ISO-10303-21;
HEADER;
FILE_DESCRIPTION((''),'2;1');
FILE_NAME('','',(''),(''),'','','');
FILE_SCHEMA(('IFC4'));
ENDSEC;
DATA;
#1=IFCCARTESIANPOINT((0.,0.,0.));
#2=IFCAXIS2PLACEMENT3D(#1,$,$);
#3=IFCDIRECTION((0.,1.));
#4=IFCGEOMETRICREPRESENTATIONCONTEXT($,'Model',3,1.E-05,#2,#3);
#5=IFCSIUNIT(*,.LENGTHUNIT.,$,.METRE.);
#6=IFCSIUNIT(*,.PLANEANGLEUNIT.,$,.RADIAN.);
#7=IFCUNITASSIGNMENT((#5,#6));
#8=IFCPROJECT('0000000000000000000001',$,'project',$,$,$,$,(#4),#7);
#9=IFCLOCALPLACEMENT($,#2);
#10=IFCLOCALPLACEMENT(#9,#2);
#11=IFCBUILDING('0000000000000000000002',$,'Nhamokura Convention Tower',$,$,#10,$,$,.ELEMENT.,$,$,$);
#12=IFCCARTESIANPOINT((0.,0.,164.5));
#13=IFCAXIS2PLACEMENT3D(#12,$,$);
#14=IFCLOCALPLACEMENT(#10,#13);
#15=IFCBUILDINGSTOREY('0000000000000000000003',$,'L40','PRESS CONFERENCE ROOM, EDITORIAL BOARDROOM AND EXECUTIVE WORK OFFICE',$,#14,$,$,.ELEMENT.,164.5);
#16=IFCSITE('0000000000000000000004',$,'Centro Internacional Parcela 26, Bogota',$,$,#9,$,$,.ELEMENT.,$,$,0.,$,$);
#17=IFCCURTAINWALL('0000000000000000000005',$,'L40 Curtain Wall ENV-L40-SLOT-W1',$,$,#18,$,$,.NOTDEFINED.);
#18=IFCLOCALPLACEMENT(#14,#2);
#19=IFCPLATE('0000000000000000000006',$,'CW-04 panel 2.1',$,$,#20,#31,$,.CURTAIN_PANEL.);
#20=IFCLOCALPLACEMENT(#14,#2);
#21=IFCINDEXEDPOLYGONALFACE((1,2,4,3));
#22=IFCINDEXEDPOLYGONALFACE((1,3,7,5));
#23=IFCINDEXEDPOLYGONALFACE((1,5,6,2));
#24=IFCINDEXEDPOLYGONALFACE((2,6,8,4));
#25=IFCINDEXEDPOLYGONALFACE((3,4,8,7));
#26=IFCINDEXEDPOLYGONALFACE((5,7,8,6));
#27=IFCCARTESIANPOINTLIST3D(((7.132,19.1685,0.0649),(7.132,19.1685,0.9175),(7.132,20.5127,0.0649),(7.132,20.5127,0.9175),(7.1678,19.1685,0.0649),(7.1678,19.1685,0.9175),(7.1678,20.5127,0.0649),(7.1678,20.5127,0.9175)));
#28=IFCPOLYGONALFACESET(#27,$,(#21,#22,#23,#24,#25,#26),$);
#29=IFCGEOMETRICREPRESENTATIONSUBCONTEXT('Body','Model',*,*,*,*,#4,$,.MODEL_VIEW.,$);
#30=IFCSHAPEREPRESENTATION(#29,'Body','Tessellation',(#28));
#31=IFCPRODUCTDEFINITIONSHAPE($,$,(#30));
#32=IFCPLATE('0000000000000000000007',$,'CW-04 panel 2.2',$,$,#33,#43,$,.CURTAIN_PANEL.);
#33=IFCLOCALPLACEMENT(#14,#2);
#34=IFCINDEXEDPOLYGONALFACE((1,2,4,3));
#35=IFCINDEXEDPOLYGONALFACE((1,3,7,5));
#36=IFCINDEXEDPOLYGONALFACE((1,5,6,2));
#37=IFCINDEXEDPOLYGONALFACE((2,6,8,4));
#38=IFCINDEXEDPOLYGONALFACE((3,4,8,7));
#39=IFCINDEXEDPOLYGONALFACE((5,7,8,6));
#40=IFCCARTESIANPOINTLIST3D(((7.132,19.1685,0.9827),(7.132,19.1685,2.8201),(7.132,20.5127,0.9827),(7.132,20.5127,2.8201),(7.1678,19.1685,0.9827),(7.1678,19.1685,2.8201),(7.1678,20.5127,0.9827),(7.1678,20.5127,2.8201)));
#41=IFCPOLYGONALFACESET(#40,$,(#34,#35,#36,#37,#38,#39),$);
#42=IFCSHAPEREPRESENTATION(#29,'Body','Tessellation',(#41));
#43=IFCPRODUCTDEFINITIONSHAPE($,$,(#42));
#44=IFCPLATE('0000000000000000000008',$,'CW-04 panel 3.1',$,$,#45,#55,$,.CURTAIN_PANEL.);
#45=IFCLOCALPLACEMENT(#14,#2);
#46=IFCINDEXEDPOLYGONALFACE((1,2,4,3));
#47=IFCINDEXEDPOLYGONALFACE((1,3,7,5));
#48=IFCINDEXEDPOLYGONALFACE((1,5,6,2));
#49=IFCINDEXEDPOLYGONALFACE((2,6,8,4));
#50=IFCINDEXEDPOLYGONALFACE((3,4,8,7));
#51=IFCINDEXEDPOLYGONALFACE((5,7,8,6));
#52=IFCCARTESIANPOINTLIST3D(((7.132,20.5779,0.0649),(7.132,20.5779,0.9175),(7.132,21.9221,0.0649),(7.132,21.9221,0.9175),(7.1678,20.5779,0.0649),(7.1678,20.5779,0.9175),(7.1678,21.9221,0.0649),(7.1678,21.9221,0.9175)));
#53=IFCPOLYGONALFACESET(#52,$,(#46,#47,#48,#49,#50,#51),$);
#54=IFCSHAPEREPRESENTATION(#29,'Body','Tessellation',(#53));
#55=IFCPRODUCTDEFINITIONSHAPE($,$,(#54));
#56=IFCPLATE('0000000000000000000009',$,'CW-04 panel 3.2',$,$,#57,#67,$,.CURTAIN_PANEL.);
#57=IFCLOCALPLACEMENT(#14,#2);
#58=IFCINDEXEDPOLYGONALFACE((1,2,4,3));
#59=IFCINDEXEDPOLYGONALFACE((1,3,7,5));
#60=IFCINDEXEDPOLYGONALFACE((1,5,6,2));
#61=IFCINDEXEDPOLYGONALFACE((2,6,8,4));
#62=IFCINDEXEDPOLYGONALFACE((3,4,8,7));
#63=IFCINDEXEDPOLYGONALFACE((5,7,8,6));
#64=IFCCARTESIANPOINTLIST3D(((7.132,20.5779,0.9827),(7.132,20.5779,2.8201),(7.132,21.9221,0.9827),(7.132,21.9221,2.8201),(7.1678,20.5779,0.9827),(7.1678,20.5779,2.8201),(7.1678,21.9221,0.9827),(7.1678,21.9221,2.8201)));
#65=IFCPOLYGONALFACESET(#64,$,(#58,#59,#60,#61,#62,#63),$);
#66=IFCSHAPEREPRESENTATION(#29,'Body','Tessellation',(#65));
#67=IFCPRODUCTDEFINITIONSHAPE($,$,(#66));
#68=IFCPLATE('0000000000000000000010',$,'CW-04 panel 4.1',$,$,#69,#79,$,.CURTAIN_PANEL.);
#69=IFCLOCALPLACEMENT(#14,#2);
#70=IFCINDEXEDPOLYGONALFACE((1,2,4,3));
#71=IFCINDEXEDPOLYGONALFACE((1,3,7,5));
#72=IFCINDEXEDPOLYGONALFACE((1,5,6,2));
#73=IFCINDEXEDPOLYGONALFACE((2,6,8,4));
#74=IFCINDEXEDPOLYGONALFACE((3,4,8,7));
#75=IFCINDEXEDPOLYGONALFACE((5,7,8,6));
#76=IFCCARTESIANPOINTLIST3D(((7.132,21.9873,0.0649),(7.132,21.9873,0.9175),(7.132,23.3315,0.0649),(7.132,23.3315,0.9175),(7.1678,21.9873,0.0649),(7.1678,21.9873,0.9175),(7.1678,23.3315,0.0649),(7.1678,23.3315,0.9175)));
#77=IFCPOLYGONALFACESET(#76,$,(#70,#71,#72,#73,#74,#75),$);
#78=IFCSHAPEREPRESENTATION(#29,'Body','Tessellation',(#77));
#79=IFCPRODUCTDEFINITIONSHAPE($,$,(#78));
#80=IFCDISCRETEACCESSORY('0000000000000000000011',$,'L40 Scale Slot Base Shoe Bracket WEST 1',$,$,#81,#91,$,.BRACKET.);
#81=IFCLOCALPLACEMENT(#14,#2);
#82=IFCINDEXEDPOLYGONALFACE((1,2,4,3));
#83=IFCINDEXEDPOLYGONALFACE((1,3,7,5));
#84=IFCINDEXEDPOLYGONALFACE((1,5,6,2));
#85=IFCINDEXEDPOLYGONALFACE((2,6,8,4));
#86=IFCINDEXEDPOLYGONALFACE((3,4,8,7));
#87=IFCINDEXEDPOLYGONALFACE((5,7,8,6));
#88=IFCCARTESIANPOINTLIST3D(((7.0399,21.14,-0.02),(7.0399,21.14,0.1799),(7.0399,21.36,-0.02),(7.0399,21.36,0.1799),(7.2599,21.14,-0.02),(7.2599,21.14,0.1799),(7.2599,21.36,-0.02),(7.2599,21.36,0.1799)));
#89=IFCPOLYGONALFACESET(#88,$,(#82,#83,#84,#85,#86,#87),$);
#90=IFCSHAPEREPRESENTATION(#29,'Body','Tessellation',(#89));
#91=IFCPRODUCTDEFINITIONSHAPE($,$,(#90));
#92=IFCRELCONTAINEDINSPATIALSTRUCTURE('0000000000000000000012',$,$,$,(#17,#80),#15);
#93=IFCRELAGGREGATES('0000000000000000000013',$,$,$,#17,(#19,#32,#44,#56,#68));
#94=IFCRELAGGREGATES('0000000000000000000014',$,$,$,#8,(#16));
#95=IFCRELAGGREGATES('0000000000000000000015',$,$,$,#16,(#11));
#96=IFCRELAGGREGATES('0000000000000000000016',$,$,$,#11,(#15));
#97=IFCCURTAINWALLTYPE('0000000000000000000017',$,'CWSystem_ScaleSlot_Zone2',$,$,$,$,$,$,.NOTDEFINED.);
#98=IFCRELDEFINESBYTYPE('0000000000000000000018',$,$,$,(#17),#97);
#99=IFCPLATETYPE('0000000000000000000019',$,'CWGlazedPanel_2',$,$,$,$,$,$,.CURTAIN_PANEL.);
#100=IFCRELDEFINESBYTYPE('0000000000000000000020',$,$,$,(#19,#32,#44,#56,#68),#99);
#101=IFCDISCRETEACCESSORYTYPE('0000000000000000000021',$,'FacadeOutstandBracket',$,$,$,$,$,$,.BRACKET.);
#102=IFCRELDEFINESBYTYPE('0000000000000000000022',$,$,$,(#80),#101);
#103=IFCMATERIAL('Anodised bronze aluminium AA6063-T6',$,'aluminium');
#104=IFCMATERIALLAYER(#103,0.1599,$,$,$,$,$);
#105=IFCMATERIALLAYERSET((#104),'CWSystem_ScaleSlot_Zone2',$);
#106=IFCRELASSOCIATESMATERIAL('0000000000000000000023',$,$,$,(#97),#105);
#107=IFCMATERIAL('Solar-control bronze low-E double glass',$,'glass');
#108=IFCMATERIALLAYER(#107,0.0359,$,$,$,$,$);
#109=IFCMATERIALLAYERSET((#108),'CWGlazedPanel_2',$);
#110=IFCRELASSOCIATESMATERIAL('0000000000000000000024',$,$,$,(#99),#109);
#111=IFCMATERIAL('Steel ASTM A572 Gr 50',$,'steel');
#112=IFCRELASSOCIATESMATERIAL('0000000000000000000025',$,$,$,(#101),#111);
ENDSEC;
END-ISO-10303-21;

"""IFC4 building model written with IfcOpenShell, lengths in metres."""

from ifc_helpers import new_model, si_unit, direction, frame, origin, origin_2d, place, context, subcontext, project, spatial, rectangle, extrude, material, layer, layer_set, type_object, element, aggregate, save


model = new_model("IFC4")

# Units and contexts
model_context = context("Model", 3, precision=1e-05, world=origin(), true_north=direction((0.0, 1.0)))
body_context = subcontext(model_context, "Body", "Model", "MODEL_VIEW")
ifc_project = project(units=[si_unit("LENGTHUNIT", "METRE"), si_unit("PLANEANGLEUNIT", "RADIAN")], contexts=[model_context])

# Site, building, storey
site_placement = place(None, origin())
site = spatial("IfcSite", under=ifc_project, at=site_placement, Name="Centro Internacional Parcela 26, Bogota", CompositionType="ELEMENT", RefElevation=0.0)
building_placement = place(site_placement, origin())
building = spatial("IfcBuilding", under=site, at=building_placement, Name="Nhamokura Convention Tower", CompositionType="ELEMENT")
storey_placement = place(building_placement, frame((0.0, 0.0, 164.5)))
storey = spatial("IfcBuildingStorey", under=building, at=storey_placement, Name="L40", Description="PRESS CONFERENCE ROOM, EDITORIAL BOARDROOM AND EXECUTIVE WORK OFFICE", CompositionType="ELEMENT", Elevation=164.5)

# Curtain wall
ifc_material_1 = material(Name="Anodised bronze aluminium AA6063-T6", Category="aluminium")
ifc_layer_1 = layer(ifc_material_1, 0.1599)
ifc_layer_set_1 = layer_set([ifc_layer_1], Name="CWSystem_ScaleSlot_Zone2")
curtain_wall_type = type_object("IfcCurtainWallType", Name="CWSystem_ScaleSlot_Zone2", PredefinedType="NOTDEFINED", material=ifc_layer_set_1)
curtain_wall_placement = place(storey_placement, origin())
curtain_wall = element("IfcCurtainWall", 1, at=curtain_wall_placement, inside=storey, type_object=curtain_wall_type, Name="L40 Curtain Wall ENV-L40-SLOT-W1", PredefinedType="NOTDEFINED")

# Plates
ifc_material_2 = material(Name="Solar-control bronze low-E double glass", Category="glass")
ifc_layer_2 = layer(ifc_material_2, 0.0359)
ifc_layer_set_2 = layer_set([ifc_layer_2], Name="CWGlazedPanel_2")
plate_type = type_object("IfcPlateType", Name="CWGlazedPanel_2", PredefinedType="CURTAIN_PANEL", material=ifc_layer_set_2)
plate_1_placement = place(storey_placement, frame((7.1499, 19.8406, 0.0649), z_axis=(0.0, 0.0, 1.0), x_axis=(0.0, 1.0, 0.0)))
plate_1 = element("IfcPlate", 2, at=plate_1_placement, type_object=plate_type, Name="CW-04 panel 2.1", PredefinedType="CURTAIN_PANEL", context=body_context, shape_type="SweptSolid", body=[
    extrude(rectangle(XDim=1.3442, YDim=0.0359, at=origin_2d()), origin(), (0.0, 0.0, 1.0), 0.8525),
])
plate_2_placement = place(storey_placement, frame((7.1499, 19.8406, 0.9827), z_axis=(0.0, 0.0, 1.0), x_axis=(0.0, 1.0, 0.0)))
plate_2 = element("IfcPlate", 3, at=plate_2_placement, type_object=plate_type, Name="CW-04 panel 2.2", PredefinedType="CURTAIN_PANEL", context=body_context, shape_type="SweptSolid", body=[
    extrude(rectangle(XDim=1.3442, YDim=0.0359, at=origin_2d()), origin(), (0.0, 0.0, 1.0), 1.8374),
])
plate_3_placement = place(storey_placement, frame((7.1499, 21.25, 0.0649), z_axis=(0.0, 0.0, 1.0), x_axis=(0.0, 1.0, 0.0)))
plate_3 = element("IfcPlate", 4, at=plate_3_placement, type_object=plate_type, Name="CW-04 panel 3.1", PredefinedType="CURTAIN_PANEL", context=body_context, shape_type="SweptSolid", body=[
    extrude(rectangle(XDim=1.3442, YDim=0.0359, at=origin_2d()), origin(), (0.0, 0.0, 1.0), 0.8525),
])
plate_4_placement = place(storey_placement, frame((7.1499, 21.25, 0.9827), z_axis=(0.0, 0.0, 1.0), x_axis=(0.0, 1.0, 0.0)))
plate_4 = element("IfcPlate", 5, at=plate_4_placement, type_object=plate_type, Name="CW-04 panel 3.2", PredefinedType="CURTAIN_PANEL", context=body_context, shape_type="SweptSolid", body=[
    extrude(rectangle(XDim=1.3442, YDim=0.0359, at=origin_2d()), origin(), (0.0, 0.0, 1.0), 1.8374),
])
plate_5_placement = place(storey_placement, frame((7.1499, 22.6594, 0.0649), z_axis=(0.0, 0.0, 1.0), x_axis=(0.0, 1.0, 0.0)))
plate_5 = element("IfcPlate", 6, at=plate_5_placement, type_object=plate_type, Name="CW-04 panel 4.1", PredefinedType="CURTAIN_PANEL", context=body_context, shape_type="SweptSolid", body=[
    extrude(rectangle(XDim=1.3442, YDim=0.0359, at=origin_2d()), origin(), (0.0, 0.0, 1.0), 0.8525),
])
aggregate(curtain_wall, [plate_1, plate_2, plate_3, plate_4, plate_5])

# Discrete accessory
ifc_material_3 = material(Name="Steel ASTM A572 Gr 50", Category="steel")
discrete_accessory_type = type_object("IfcDiscreteAccessoryType", Name="FacadeOutstandBracket", PredefinedType="BRACKET", material=ifc_material_3)
discrete_accessory_placement = place(storey_placement, frame((7.1499, 21.25, -0.02), z_axis=(0.0, 0.0, 1.0), x_axis=(1.0, 0.0, 0.0)))
element("IfcDiscreteAccessory", 7, at=discrete_accessory_placement, inside=storey, type_object=discrete_accessory_type, Name="L40 Scale Slot Base Shoe Bracket WEST 1", PredefinedType="BRACKET", context=body_context, shape_type="SweptSolid", body=[
    extrude(rectangle(XDim=0.22, YDim=0.22, at=origin_2d()), origin(), (0.0, 0.0, 1.0), 0.2),
])

save(model, "model.ifc")
